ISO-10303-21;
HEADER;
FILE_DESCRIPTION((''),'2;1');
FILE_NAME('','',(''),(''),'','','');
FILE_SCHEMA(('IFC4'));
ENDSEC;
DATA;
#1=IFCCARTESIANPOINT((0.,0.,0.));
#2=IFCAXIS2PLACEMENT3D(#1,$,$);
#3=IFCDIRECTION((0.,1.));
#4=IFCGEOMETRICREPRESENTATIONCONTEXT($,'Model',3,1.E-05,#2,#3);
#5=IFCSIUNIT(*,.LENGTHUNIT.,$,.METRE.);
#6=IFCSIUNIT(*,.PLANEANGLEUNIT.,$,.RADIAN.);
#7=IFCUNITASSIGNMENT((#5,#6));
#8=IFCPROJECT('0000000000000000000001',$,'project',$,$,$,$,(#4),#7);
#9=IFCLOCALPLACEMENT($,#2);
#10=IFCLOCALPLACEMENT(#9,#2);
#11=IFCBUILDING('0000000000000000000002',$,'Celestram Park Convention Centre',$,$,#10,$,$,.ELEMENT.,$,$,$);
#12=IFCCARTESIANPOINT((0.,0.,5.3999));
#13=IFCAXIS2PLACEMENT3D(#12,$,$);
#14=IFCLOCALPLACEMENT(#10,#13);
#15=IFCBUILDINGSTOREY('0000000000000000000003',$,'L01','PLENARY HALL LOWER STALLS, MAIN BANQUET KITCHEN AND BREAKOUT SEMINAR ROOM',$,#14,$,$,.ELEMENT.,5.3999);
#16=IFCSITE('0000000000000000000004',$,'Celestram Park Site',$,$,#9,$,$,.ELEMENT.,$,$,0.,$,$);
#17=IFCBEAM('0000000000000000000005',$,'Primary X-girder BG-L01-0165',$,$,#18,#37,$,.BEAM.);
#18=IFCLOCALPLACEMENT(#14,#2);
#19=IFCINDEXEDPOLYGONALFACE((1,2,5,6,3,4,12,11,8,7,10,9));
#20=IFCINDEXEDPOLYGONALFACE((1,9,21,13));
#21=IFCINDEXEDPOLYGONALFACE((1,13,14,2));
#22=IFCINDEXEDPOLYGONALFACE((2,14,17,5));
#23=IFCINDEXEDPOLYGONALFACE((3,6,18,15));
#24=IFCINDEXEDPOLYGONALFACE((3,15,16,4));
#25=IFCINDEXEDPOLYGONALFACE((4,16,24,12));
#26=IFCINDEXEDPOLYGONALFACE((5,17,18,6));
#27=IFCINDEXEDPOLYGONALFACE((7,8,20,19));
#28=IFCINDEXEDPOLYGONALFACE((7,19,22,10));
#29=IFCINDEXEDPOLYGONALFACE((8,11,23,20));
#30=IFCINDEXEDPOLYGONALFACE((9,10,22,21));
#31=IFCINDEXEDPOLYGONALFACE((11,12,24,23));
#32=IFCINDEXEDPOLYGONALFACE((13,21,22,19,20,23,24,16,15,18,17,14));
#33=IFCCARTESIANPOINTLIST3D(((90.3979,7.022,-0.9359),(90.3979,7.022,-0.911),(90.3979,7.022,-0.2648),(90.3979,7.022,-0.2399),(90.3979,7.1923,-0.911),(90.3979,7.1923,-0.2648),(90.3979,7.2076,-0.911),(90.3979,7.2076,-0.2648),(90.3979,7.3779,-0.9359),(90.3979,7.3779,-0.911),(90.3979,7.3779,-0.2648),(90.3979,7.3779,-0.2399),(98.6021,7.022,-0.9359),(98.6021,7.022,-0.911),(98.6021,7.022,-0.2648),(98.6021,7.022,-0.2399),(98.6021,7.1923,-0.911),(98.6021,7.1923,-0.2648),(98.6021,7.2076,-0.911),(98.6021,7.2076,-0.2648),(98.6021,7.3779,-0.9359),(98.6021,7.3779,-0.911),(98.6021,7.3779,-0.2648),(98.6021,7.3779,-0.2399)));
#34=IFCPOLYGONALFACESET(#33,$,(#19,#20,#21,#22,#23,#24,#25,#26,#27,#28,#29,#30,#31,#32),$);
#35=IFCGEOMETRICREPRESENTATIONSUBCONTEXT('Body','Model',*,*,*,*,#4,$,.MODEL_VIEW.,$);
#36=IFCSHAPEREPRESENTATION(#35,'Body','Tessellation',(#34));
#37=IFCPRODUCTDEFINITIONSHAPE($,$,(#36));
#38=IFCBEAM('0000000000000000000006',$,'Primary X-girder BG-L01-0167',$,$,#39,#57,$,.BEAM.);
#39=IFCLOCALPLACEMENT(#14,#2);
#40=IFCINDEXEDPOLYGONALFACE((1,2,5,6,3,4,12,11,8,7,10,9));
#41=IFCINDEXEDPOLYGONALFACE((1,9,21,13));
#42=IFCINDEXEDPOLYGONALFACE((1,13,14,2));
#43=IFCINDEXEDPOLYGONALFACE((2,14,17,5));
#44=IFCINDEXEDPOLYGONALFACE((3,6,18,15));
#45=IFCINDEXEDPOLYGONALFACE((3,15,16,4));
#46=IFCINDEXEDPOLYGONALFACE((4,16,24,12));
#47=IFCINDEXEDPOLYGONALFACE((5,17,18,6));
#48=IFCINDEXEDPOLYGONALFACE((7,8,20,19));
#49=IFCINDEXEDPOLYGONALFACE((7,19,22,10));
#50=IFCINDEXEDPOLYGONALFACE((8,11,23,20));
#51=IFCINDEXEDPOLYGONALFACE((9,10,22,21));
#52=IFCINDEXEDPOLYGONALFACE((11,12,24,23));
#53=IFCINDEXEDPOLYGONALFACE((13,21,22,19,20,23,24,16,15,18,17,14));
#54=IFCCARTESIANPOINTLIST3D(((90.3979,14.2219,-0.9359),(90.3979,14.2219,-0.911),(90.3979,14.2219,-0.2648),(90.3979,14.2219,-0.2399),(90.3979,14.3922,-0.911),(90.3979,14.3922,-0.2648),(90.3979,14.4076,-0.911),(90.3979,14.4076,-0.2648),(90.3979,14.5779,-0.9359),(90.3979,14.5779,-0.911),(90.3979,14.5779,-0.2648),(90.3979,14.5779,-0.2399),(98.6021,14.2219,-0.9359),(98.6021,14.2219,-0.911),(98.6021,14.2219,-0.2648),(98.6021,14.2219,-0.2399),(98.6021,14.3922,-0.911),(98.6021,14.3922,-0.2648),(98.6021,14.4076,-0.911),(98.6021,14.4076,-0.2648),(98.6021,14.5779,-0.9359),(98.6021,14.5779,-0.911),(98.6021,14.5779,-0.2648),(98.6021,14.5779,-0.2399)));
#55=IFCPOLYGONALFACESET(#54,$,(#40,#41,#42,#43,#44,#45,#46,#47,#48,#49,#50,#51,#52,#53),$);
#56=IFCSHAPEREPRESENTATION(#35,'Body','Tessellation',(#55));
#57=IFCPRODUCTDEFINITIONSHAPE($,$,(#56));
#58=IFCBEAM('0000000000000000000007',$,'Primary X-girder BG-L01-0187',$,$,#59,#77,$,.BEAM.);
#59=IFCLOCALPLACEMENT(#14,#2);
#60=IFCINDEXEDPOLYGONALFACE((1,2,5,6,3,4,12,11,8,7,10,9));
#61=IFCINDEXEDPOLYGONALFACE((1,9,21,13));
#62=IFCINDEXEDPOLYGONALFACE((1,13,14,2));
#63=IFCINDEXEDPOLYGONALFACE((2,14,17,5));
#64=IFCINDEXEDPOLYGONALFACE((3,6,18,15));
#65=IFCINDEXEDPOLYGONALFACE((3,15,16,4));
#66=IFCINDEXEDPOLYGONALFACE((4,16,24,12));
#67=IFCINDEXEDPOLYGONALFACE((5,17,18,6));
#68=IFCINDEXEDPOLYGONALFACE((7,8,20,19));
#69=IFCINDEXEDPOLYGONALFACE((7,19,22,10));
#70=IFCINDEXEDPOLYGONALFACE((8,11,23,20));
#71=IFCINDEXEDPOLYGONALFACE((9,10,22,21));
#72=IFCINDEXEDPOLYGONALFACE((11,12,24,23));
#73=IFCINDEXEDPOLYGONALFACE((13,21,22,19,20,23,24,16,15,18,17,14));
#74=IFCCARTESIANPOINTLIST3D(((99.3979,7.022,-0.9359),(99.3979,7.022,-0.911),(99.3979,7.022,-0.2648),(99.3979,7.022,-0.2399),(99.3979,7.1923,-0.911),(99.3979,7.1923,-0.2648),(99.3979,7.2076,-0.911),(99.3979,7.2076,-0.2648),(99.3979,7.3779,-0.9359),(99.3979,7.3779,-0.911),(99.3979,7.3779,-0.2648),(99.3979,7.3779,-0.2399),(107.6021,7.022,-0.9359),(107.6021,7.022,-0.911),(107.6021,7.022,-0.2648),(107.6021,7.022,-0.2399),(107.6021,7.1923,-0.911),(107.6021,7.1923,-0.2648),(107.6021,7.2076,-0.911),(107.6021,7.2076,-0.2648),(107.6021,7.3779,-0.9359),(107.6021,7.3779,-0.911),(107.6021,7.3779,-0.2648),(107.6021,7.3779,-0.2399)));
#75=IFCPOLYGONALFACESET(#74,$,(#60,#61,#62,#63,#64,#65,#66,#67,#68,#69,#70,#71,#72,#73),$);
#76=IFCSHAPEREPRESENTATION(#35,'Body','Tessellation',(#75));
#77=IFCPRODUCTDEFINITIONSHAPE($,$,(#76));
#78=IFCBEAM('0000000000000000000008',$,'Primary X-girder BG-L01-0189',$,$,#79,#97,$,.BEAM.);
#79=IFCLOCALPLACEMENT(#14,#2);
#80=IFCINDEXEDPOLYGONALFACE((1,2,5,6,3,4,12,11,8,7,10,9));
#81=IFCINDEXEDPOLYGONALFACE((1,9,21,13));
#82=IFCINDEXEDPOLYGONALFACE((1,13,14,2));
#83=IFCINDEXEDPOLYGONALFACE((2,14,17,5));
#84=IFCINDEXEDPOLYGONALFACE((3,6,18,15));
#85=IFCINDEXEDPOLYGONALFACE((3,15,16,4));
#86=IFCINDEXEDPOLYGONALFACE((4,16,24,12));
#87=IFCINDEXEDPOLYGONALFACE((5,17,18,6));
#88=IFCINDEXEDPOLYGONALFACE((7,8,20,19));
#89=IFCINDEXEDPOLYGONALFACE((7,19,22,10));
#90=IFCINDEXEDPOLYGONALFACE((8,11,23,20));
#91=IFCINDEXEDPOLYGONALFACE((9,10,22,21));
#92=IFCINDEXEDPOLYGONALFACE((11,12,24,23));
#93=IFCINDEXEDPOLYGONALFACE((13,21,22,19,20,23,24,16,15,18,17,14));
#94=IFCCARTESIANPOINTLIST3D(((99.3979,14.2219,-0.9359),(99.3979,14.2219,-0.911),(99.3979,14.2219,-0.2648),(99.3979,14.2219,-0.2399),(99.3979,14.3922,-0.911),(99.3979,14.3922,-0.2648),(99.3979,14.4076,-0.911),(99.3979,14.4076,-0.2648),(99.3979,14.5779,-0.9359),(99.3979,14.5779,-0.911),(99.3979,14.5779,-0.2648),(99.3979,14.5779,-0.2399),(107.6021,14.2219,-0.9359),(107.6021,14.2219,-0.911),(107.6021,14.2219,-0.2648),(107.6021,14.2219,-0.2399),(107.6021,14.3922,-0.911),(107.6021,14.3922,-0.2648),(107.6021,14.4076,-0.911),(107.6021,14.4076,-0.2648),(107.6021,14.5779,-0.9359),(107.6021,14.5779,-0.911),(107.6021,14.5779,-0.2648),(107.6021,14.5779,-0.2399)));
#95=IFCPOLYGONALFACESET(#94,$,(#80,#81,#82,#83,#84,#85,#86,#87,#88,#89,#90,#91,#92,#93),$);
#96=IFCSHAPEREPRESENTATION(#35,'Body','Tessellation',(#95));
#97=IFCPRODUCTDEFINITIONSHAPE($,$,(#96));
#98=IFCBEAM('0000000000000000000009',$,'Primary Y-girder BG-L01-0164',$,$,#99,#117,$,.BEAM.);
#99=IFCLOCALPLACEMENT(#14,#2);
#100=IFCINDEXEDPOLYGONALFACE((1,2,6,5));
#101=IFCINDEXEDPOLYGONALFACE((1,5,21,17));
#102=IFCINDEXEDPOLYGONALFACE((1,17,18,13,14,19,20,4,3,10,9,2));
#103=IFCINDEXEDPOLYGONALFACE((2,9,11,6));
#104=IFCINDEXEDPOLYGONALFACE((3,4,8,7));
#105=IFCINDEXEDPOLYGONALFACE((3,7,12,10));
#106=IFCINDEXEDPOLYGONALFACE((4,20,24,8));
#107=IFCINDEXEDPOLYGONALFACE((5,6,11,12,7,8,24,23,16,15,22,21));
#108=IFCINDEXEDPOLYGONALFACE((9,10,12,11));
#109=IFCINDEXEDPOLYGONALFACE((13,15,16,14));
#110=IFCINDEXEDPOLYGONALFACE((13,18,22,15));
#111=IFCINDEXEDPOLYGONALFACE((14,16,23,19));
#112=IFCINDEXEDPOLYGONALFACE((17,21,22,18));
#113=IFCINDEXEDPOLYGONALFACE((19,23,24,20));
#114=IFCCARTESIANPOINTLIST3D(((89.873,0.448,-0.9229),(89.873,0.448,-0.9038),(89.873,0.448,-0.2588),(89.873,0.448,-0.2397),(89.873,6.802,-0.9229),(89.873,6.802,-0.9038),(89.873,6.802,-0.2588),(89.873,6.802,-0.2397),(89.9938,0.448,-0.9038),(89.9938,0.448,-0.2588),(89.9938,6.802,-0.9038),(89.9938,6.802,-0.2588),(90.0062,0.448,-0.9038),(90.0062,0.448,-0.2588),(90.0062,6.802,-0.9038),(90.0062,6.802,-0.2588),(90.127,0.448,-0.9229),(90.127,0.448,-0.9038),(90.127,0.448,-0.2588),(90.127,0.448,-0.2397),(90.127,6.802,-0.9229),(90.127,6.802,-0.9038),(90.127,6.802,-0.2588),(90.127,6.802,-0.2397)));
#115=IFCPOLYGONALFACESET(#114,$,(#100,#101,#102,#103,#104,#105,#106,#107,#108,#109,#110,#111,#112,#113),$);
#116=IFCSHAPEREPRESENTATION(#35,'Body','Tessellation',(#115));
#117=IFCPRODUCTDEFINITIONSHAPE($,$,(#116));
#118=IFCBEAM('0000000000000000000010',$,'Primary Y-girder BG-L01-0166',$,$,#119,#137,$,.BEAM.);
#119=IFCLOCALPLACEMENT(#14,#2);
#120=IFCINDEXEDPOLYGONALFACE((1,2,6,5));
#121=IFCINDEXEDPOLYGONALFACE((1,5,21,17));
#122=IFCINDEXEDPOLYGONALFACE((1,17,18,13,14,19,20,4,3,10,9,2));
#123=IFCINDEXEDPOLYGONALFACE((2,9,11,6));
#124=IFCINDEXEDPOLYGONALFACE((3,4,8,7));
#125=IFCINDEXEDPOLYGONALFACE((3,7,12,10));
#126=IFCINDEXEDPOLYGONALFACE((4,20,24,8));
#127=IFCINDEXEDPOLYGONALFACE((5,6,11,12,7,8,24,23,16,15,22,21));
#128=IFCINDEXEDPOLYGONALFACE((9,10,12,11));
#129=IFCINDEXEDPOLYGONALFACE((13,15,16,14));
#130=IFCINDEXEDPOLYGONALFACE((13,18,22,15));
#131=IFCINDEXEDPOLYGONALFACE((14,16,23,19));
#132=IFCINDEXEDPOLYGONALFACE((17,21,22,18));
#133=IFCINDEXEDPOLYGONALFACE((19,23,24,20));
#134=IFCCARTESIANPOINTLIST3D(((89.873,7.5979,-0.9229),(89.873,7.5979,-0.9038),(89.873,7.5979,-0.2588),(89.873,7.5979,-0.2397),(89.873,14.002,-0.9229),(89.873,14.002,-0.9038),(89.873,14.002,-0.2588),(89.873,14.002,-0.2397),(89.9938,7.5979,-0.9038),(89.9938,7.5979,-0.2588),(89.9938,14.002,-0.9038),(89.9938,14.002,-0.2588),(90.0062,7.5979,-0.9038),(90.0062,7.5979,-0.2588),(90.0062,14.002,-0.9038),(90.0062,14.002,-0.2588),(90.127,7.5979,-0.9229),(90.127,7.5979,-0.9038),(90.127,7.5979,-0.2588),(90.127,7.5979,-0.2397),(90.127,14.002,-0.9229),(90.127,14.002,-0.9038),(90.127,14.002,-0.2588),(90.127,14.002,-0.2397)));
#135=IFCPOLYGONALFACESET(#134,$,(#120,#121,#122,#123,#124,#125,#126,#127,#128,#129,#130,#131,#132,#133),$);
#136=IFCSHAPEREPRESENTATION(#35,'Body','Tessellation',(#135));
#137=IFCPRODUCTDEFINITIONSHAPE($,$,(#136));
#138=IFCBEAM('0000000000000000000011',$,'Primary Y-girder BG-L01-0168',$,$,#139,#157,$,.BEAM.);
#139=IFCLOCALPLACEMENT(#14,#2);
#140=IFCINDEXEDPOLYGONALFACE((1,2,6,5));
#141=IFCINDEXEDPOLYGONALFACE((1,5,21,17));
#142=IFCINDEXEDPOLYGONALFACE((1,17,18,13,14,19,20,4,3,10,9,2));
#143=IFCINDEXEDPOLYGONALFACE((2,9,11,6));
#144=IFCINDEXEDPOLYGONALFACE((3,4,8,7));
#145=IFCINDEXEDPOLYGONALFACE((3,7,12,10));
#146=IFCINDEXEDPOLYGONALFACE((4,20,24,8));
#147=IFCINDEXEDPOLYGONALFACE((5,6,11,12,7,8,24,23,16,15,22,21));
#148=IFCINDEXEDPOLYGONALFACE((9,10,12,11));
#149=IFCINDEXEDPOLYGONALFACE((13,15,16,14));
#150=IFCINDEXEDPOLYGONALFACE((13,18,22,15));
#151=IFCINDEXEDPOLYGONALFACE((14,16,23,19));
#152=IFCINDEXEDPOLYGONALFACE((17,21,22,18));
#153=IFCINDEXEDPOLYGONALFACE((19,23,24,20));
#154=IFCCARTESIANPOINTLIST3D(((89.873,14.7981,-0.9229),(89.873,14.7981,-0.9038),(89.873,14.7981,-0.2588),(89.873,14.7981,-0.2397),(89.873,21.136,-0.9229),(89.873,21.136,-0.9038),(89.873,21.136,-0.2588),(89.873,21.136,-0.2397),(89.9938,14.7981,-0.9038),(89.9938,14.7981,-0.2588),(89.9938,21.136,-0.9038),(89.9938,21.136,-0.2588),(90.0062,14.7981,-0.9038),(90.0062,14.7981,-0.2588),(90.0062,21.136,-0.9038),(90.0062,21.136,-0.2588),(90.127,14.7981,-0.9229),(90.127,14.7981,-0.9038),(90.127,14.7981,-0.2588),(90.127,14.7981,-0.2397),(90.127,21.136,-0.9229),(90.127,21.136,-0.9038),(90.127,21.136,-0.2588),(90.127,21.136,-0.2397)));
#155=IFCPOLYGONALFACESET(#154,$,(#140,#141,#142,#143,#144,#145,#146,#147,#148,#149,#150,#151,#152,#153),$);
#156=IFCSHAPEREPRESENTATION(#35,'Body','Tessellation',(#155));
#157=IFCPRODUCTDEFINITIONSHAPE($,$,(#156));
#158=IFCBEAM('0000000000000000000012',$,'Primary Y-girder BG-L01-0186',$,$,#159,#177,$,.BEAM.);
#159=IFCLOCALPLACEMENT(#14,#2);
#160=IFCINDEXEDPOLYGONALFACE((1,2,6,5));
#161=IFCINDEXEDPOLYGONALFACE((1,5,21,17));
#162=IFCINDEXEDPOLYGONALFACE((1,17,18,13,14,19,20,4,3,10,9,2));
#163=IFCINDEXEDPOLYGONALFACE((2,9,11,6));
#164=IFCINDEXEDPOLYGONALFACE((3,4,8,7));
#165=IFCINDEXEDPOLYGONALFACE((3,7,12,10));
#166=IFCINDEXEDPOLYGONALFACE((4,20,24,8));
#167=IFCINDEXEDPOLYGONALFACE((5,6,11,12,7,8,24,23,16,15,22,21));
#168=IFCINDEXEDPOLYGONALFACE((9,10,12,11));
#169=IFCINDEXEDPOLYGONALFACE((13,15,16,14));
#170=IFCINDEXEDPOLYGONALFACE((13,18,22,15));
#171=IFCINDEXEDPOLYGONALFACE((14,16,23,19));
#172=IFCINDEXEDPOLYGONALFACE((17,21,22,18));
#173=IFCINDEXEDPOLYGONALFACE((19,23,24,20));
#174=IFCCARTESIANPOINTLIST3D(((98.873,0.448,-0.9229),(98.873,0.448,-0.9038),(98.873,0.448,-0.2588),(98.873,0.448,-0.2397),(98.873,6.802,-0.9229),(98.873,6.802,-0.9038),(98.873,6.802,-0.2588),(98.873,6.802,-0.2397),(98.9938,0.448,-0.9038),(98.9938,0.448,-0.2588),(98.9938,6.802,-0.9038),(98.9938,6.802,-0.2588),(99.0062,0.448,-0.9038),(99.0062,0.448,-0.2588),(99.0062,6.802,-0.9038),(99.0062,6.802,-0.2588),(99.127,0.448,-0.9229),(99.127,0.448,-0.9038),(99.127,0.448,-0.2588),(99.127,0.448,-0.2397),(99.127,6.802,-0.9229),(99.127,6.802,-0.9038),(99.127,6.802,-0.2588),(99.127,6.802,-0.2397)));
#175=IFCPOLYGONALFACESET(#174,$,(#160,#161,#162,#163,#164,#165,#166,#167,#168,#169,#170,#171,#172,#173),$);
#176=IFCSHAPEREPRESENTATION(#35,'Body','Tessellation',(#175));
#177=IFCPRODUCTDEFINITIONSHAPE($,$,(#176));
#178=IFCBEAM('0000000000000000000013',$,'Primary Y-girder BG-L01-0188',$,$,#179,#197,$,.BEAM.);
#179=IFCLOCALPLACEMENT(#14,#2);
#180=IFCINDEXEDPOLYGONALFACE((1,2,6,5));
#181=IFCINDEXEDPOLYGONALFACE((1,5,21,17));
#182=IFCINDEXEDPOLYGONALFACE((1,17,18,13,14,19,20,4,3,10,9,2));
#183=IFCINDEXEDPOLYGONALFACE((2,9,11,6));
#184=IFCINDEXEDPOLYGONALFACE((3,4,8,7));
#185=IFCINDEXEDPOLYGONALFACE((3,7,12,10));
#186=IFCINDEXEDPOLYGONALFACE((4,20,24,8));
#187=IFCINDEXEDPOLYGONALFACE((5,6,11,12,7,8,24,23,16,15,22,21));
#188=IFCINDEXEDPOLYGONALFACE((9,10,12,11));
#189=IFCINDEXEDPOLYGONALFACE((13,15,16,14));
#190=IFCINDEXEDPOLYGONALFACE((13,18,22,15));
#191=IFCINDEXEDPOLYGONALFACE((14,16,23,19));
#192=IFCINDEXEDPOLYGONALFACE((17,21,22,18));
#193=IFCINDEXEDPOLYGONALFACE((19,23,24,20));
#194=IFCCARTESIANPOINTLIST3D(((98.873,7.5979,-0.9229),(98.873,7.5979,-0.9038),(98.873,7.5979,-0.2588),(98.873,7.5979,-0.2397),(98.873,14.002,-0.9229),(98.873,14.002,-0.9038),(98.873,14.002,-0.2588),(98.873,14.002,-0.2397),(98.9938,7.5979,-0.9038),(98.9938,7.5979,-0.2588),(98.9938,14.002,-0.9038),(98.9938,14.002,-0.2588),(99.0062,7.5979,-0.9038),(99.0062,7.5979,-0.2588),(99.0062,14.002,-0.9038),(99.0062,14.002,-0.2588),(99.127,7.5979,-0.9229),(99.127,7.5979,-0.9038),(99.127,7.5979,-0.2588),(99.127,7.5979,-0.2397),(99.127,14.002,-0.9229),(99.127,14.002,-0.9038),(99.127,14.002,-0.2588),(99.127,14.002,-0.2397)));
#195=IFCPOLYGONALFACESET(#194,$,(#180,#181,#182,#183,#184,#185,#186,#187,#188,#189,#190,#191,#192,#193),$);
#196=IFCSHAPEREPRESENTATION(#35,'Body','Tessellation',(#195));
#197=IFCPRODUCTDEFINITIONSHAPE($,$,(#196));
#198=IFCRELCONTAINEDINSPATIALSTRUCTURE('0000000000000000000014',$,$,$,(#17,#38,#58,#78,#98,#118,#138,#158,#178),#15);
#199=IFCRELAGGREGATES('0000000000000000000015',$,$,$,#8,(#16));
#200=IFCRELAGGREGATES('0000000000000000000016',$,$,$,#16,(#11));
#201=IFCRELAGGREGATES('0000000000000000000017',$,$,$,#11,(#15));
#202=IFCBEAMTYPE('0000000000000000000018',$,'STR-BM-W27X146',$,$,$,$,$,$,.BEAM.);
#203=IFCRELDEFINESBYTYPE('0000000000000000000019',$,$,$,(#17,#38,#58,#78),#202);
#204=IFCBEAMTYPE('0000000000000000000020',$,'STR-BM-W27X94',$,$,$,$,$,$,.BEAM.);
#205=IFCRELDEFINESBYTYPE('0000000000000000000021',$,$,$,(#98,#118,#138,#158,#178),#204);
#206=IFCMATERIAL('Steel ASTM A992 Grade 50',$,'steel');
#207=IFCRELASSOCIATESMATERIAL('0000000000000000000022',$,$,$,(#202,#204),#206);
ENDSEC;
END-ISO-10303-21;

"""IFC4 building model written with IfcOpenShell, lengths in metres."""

from ifc_helpers import new_model, si_unit, direction, frame, origin, origin_2d, place, context, subcontext, project, spatial, i_section, extrude, material, material_profile, profile_set, type_object, element, save


model = new_model("IFC4")

# Units and contexts
model_context = context("Model", 3, precision=1e-05, world=origin(), true_north=direction((0.0, 1.0)))
body_context = subcontext(model_context, "Body", "Model", "MODEL_VIEW")
ifc_project = project(units=[si_unit("LENGTHUNIT", "METRE"), si_unit("PLANEANGLEUNIT", "RADIAN")], contexts=[model_context])

# Site, building, storey
site_placement = place(None, origin())
site = spatial("IfcSite", under=ifc_project, at=site_placement, Name="Celestram Park Site", CompositionType="ELEMENT", RefElevation=0.0)
building_placement = place(site_placement, origin())
building = spatial("IfcBuilding", under=site, at=building_placement, Name="Celestram Park Convention Centre", CompositionType="ELEMENT")
storey_placement = place(building_placement, frame((0.0, 0.0, 5.3999)))
storey = spatial("IfcBuildingStorey", under=building, at=storey_placement, Name="L01", Description="PLENARY HALL LOWER STALLS, MAIN BANQUET KITCHEN AND BREAKOUT SEMINAR ROOM", CompositionType="ELEMENT", Elevation=5.3999)

# Beams
ifc_material_1 = material(Name="Steel ASTM A992 Grade 50", Category="steel")
ifc_material_profile_1 = material_profile(ifc_material_1, i_section(OverallWidth=0.356, OverallDepth=0.696, WebThickness=0.0154, FlangeThickness=0.0249, at=origin_2d()), Name="W27X146")
ifc_profile_set_1 = profile_set([ifc_material_profile_1], Name="Steel ASTM A992 Grade 50")
beam_type_1 = type_object("IfcBeamType", Name="STR-BM-W27X146", PredefinedType="BEAM", material=ifc_profile_set_1)
for number, where, z_axis, x_axis, name in (
    (1, (90.3979, 7.2, -0.5879), (1.0, 0.0, 0.0), (0.0, 1.0, 0.0), "Primary X-girder BG-L01-0165"),
    (2, (90.3979, 14.3999, -0.5879), (1.0, 0.0, 0.0), (0.0, 1.0, 0.0), "Primary X-girder BG-L01-0167"),
    (3, (99.3979, 7.2, -0.5879), (1.0, 0.0, 0.0), (0.0, 1.0, 0.0), "Primary X-girder BG-L01-0187"),
    (4, (99.3979, 14.3999, -0.5879), (1.0, 0.0, 0.0), (0.0, 1.0, 0.0), "Primary X-girder BG-L01-0189"),
):
    element("IfcBeam", number, at=place(storey_placement, frame(where, z_axis=z_axis, x_axis=x_axis)), inside=storey, type_object=beam_type_1, Name=name, PredefinedType="BEAM", context=body_context, shape_type="SweptSolid", body=[
        extrude(i_section(OverallWidth=0.356, OverallDepth=0.696, WebThickness=0.0154, FlangeThickness=0.0249, at=origin_2d()), origin(), (0.0, 0.0, 1.0), 8.2041),
    ])
ifc_material_profile_2 = material_profile(ifc_material_1, i_section(OverallWidth=0.2539, OverallDepth=0.6831, WebThickness=0.0125, FlangeThickness=0.019, at=origin_2d()), Name="W27X94")
ifc_profile_set_2 = profile_set([ifc_material_profile_2], Name="Steel ASTM A992 Grade 50")
beam_type_2 = type_object("IfcBeamType", Name="STR-BM-W27X94", PredefinedType="BEAM", material=ifc_profile_set_2)
beam_1_placement = place(storey_placement, frame((90.0, 0.448, -0.5813), z_axis=(0.0, 1.0, 0.0), x_axis=(-1.0, 0.0, 0.0)))
element("IfcBeam", 5, at=beam_1_placement, inside=storey, type_object=beam_type_2, Name="Primary Y-girder BG-L01-0164", PredefinedType="BEAM", context=body_context, shape_type="SweptSolid", body=[
    extrude(i_section(OverallWidth=0.2539, OverallDepth=0.6831, WebThickness=0.0125, FlangeThickness=0.019, at=origin_2d()), origin(), (0.0, 0.0, 1.0), 6.354),
])
beam_2_placement = place(storey_placement, frame((90.0, 7.5979, -0.5813), z_axis=(0.0, 1.0, 0.0), x_axis=(-1.0, 0.0, 0.0)))
element("IfcBeam", 6, at=beam_2_placement, inside=storey, type_object=beam_type_2, Name="Primary Y-girder BG-L01-0166", PredefinedType="BEAM", context=body_context, shape_type="SweptSolid", body=[
    extrude(i_section(OverallWidth=0.2539, OverallDepth=0.6831, WebThickness=0.0125, FlangeThickness=0.019, at=origin_2d()), origin(), (0.0, 0.0, 1.0), 6.4041),
])
beam_3_placement = place(storey_placement, frame((90.0, 14.7981, -0.5813), z_axis=(0.0, 1.0, 0.0), x_axis=(-1.0, 0.0, 0.0)))
element("IfcBeam", 7, at=beam_3_placement, inside=storey, type_object=beam_type_2, Name="Primary Y-girder BG-L01-0168", PredefinedType="BEAM", context=body_context, shape_type="SweptSolid", body=[
    extrude(i_section(OverallWidth=0.2539, OverallDepth=0.6831, WebThickness=0.0125, FlangeThickness=0.019, at=origin_2d()), origin(), (0.0, 0.0, 1.0), 6.3379),
])
beam_4_placement = place(storey_placement, frame((99.0, 0.448, -0.5813), z_axis=(0.0, 1.0, 0.0), x_axis=(-1.0, 0.0, 0.0)))
element("IfcBeam", 8, at=beam_4_placement, inside=storey, type_object=beam_type_2, Name="Primary Y-girder BG-L01-0186", PredefinedType="BEAM", context=body_context, shape_type="SweptSolid", body=[
    extrude(i_section(OverallWidth=0.2539, OverallDepth=0.6831, WebThickness=0.0125, FlangeThickness=0.019, at=origin_2d()), origin(), (0.0, 0.0, 1.0), 6.354),
])
beam_5_placement = place(storey_placement, frame((99.0, 7.5979, -0.5813), z_axis=(0.0, 1.0, 0.0), x_axis=(-1.0, 0.0, 0.0)))
element("IfcBeam", 9, at=beam_5_placement, inside=storey, type_object=beam_type_2, Name="Primary Y-girder BG-L01-0188", PredefinedType="BEAM", context=body_context, shape_type="SweptSolid", body=[
    extrude(i_section(OverallWidth=0.2539, OverallDepth=0.6831, WebThickness=0.0125, FlangeThickness=0.019, at=origin_2d()), origin(), (0.0, 0.0, 1.0), 6.4041),
])

save(model, "model.ifc")
